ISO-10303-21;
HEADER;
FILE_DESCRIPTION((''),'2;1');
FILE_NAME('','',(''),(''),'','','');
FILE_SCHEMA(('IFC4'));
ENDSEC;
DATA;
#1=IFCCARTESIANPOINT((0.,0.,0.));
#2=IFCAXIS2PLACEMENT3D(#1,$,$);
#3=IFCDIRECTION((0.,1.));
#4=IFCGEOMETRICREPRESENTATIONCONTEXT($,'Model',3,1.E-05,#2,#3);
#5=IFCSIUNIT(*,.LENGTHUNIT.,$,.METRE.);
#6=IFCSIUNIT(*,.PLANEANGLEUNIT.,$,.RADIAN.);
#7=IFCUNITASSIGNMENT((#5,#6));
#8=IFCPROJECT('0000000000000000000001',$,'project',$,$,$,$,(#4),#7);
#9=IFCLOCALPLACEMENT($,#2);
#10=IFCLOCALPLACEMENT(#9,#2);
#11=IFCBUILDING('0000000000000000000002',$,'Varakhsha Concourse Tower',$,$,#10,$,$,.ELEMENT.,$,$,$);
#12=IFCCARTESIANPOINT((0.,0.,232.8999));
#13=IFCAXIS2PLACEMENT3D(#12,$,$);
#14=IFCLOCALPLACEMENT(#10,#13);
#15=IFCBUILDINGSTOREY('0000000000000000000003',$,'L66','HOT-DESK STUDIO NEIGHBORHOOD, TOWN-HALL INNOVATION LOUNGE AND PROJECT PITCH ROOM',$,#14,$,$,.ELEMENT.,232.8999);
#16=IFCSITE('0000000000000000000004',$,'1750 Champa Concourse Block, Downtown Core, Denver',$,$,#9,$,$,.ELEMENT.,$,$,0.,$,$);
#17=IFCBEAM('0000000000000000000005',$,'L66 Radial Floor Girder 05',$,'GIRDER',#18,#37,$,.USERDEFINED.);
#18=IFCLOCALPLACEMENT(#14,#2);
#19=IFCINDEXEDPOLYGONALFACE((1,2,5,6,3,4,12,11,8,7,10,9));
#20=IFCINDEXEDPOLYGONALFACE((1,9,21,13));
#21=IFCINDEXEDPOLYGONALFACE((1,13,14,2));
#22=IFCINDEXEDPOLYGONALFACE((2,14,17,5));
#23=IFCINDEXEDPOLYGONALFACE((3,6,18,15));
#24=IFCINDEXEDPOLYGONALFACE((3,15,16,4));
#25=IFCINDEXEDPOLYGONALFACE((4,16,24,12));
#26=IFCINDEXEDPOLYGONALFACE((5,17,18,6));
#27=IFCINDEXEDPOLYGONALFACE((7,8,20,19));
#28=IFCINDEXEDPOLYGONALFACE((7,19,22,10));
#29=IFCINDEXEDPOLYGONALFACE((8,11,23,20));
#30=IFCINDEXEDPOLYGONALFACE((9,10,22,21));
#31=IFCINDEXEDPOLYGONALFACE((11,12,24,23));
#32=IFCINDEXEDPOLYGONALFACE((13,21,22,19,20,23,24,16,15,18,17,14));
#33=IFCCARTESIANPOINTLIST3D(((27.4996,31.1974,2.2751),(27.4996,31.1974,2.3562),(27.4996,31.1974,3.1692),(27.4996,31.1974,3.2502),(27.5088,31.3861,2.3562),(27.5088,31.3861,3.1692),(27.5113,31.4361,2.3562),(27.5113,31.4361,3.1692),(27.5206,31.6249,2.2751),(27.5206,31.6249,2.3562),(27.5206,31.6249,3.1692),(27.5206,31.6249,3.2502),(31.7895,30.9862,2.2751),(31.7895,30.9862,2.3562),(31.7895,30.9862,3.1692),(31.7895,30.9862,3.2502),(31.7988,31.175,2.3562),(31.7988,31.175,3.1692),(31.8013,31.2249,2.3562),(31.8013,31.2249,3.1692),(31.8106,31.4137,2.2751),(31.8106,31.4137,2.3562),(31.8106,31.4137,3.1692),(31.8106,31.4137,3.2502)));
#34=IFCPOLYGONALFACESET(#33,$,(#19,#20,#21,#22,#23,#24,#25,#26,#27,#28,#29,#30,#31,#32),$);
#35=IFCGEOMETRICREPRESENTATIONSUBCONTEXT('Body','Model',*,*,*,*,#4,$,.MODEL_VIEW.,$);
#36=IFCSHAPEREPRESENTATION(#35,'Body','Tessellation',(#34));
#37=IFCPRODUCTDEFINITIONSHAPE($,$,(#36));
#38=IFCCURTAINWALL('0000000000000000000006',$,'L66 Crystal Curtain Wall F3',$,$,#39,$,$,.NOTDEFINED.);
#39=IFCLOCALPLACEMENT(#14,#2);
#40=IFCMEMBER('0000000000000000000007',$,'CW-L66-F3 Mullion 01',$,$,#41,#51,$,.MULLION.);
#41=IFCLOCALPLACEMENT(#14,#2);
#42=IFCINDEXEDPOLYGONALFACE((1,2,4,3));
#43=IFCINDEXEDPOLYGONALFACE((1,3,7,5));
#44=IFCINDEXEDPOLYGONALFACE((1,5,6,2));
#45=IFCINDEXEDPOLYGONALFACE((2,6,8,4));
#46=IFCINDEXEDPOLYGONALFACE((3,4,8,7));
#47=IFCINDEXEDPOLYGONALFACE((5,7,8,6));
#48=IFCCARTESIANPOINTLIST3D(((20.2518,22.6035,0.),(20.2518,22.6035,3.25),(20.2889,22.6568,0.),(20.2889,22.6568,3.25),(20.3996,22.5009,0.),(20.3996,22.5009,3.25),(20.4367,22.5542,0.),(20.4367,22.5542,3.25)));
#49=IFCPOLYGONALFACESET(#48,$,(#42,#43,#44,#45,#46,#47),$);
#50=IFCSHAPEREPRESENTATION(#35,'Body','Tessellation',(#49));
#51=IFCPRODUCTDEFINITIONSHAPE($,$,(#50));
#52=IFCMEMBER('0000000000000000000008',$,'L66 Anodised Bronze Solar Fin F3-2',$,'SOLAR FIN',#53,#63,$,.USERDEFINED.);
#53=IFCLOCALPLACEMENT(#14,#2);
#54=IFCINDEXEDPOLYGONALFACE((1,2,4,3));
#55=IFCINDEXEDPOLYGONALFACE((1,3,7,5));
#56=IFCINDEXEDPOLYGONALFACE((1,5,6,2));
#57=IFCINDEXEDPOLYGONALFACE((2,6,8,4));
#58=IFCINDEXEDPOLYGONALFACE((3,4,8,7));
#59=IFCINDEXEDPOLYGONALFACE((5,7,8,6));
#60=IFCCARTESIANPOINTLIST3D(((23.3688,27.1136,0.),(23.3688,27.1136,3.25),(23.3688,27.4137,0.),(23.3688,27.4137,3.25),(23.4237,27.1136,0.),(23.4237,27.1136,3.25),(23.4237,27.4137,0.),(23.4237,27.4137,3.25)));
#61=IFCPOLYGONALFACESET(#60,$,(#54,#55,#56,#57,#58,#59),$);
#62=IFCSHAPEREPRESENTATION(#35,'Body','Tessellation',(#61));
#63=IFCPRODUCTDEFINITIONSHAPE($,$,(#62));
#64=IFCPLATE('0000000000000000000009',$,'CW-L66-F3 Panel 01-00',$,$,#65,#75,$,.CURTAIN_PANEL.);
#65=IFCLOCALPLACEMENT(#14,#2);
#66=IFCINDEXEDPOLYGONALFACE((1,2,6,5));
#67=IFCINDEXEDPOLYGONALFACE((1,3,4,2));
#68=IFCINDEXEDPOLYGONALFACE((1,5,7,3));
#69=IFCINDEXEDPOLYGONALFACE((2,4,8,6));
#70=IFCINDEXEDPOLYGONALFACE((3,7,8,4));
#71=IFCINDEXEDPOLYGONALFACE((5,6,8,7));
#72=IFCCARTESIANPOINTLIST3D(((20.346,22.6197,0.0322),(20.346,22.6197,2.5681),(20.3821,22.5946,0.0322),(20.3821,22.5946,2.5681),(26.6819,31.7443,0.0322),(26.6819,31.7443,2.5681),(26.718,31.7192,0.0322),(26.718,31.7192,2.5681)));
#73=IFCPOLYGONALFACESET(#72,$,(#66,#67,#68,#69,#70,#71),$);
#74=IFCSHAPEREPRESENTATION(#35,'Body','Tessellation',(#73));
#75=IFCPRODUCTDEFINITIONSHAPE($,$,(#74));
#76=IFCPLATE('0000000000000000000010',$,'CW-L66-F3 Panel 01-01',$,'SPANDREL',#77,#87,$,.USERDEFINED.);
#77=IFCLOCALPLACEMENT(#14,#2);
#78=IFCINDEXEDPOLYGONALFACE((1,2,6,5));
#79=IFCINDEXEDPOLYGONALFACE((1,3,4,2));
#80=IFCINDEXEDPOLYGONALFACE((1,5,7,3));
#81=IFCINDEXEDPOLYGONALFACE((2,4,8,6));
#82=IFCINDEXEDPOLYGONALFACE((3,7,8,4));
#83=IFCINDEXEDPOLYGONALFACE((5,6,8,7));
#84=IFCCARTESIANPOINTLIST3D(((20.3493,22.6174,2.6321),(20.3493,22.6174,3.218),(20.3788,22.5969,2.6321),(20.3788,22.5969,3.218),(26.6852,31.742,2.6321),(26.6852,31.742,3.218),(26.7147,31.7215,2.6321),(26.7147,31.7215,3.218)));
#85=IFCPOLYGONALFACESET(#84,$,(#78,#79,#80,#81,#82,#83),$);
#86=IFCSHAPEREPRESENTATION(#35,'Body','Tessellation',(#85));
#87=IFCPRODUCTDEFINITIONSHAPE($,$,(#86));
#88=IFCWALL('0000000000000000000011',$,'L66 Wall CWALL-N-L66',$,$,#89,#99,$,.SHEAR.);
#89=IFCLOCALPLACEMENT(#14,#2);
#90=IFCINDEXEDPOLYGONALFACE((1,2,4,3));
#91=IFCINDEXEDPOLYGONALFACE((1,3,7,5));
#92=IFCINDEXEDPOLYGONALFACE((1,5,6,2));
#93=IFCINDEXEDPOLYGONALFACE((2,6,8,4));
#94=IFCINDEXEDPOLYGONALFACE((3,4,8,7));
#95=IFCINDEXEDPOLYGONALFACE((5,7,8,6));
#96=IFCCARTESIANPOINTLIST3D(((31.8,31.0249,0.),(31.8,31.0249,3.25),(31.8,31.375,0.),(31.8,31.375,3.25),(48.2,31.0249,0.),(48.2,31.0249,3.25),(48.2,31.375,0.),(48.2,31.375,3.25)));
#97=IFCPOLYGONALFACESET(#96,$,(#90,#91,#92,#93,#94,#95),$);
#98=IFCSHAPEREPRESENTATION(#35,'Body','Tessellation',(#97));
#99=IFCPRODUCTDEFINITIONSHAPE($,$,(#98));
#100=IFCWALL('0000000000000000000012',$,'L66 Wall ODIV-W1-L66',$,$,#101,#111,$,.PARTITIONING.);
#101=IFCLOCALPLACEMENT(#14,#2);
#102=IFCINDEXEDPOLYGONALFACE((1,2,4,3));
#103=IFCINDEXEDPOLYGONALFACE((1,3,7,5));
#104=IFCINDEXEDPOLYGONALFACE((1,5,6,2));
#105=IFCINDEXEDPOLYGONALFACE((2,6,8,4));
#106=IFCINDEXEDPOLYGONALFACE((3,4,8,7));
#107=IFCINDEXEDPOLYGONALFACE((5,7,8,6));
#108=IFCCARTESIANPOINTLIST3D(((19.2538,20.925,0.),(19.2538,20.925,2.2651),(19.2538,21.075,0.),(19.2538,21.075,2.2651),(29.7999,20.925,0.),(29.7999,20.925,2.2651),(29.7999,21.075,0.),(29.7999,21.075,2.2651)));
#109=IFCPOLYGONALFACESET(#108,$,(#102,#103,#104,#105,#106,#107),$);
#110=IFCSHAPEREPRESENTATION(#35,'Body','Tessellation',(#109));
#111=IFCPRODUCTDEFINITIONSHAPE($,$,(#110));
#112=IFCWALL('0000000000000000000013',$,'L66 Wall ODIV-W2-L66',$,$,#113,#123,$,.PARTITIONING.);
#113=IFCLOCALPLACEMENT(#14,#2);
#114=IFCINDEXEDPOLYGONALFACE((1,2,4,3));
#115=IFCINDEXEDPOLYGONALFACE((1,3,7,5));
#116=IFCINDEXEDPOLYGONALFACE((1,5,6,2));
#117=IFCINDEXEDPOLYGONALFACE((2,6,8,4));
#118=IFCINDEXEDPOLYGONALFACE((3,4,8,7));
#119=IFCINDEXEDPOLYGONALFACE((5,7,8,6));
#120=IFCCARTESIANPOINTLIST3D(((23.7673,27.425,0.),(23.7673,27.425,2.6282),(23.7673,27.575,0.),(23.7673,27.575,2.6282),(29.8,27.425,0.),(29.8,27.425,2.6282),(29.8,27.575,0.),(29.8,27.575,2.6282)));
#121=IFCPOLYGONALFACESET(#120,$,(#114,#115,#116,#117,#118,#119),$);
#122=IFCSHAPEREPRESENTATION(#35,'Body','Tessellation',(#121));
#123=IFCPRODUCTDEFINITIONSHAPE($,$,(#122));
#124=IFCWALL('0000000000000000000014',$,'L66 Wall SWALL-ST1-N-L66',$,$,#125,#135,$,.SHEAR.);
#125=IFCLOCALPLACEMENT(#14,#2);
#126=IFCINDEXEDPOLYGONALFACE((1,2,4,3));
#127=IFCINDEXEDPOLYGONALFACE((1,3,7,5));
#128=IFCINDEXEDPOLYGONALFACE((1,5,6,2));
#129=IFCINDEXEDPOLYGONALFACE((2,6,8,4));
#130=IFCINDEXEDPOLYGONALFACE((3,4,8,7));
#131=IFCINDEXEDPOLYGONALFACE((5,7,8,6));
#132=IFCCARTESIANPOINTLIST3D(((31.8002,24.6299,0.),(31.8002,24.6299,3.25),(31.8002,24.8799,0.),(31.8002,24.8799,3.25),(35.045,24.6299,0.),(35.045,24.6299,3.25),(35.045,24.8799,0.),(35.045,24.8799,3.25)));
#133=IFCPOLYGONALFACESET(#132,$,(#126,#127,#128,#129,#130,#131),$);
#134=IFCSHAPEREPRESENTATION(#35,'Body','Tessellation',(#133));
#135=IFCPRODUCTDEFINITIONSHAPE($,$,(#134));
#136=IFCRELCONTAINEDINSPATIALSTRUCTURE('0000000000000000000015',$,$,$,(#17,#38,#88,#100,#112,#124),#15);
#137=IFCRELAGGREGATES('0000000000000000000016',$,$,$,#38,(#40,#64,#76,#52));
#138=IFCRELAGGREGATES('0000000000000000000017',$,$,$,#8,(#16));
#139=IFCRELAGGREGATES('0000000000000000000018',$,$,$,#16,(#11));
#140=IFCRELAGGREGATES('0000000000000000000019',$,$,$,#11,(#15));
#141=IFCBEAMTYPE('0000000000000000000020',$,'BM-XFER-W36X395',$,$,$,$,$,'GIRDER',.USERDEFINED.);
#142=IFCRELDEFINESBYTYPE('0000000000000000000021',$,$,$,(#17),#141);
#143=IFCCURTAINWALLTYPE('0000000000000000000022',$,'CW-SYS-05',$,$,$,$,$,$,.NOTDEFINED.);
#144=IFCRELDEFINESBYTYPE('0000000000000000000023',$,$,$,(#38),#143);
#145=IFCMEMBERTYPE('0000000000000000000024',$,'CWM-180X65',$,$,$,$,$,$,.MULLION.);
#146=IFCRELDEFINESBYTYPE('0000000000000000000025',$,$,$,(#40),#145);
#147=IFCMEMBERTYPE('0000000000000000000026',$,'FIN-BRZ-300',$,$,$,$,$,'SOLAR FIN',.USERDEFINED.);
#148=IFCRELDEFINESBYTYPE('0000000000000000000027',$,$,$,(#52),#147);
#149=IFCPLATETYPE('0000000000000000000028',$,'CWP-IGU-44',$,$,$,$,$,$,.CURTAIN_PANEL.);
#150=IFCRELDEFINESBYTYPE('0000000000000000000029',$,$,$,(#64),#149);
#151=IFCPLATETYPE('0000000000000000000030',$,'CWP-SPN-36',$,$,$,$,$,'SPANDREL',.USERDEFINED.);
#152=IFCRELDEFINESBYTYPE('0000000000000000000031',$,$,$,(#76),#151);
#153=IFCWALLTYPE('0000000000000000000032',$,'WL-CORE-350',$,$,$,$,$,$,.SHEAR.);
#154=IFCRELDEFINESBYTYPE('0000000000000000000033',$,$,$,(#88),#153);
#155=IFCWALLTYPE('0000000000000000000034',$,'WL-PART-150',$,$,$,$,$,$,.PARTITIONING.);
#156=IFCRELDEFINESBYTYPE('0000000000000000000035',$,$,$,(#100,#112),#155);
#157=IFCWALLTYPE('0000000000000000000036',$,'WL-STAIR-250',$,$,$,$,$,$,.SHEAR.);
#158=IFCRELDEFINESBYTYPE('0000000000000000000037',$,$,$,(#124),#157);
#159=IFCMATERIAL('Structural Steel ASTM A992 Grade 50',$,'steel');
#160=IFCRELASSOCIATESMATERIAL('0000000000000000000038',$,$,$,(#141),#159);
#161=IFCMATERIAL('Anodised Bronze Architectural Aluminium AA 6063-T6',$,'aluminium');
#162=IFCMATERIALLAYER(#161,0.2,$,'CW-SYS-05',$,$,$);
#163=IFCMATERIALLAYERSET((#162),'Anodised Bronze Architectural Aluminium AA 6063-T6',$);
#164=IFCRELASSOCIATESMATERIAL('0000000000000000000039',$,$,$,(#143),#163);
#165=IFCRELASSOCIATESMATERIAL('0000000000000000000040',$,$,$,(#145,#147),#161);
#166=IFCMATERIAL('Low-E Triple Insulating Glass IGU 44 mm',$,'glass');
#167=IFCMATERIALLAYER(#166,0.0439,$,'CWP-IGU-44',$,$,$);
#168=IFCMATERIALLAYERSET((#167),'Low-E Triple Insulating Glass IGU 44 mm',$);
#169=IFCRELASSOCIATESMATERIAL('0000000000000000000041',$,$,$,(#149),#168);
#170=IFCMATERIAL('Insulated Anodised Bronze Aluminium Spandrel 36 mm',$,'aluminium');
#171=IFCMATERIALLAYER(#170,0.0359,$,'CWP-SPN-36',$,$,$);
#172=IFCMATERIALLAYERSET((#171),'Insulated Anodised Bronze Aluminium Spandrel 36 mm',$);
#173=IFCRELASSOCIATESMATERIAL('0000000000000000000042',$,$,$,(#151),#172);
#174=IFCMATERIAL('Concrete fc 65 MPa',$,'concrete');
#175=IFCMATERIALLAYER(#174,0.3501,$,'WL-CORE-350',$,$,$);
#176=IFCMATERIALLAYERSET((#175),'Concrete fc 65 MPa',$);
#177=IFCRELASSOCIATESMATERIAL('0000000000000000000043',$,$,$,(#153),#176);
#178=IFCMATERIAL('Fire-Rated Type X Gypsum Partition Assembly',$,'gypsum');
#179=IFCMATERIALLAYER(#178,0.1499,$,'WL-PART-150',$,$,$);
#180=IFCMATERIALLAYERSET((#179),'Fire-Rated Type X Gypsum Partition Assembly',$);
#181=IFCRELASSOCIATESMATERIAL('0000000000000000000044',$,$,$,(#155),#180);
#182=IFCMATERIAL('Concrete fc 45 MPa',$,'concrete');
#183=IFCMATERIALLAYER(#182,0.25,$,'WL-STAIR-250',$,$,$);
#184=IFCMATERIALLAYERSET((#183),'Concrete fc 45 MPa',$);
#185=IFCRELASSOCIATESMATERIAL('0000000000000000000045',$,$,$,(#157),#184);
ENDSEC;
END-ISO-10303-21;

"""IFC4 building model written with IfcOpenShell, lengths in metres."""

from ifc_helpers import new_model, si_unit, direction, frame, frame_2d, origin, origin_2d, place, context, subcontext, project, spatial, rectangle, i_section, extrude, source, transform, mapped, material, layer, layer_set, material_profile, profile_set, type_object, type_shapes, element, aggregate, save


model = new_model("IFC4")

# Units and contexts
model_context = context("Model", 3, precision=1e-05, world=origin(), true_north=direction((0.0, 1.0)))
body_context = subcontext(model_context, "Body", "Model", "MODEL_VIEW")
ifc_project = project(units=[si_unit("LENGTHUNIT", "METRE"), si_unit("PLANEANGLEUNIT", "RADIAN")], contexts=[model_context])

# Site, building, storey
site_placement = place(None, origin())
site = spatial("IfcSite", under=ifc_project, at=site_placement, Name="1750 Champa Concourse Block, Downtown Core, Denver", CompositionType="ELEMENT", RefElevation=0.0)
building_placement = place(site_placement, origin())
building = spatial("IfcBuilding", under=site, at=building_placement, Name="Varakhsha Concourse Tower", CompositionType="ELEMENT")
storey_placement = place(building_placement, frame((0.0, 0.0, 232.8999)))
storey = spatial("IfcBuildingStorey", under=building, at=storey_placement, Name="L66", Description="HOT-DESK STUDIO NEIGHBORHOOD, TOWN-HALL INNOVATION LOUNGE AND PROJECT PITCH ROOM", CompositionType="ELEMENT", Elevation=232.8999)

# Shared definitions
ifc_material_1 = material(Name="Structural Steel ASTM A992 Grade 50", Category="steel")

# Beam
ifc_material_profile_1 = material_profile(ifc_material_1, i_section(OverallWidth=0.428, OverallDepth=0.9751, WebThickness=0.05, FlangeThickness=0.0811, at=origin_2d()), Name="W36X395")
ifc_profile_set_1 = profile_set([ifc_material_profile_1], Name="Structural Steel ASTM A992 Grade 50")
beam_type_1 = type_object("IfcBeamType", Name="BM-XFER-W36X395", ElementType="GIRDER", PredefinedType="USERDEFINED", material=ifc_profile_set_1)
beam_1_placement = place(storey_placement, frame((31.8, 31.2, 2.7627), z_axis=(-0.998791, 0.049167, 0.0), x_axis=(-0.049167, -0.998791, 0.0)))
element("IfcBeam", 1, at=beam_1_placement, inside=storey, type_object=beam_type_1, Name="L66 Radial Floor Girder 05", ObjectType="GIRDER", PredefinedType="USERDEFINED", context=body_context, shape_type="SweptSolid", body=[
    extrude(i_section(OverallWidth=0.428, OverallDepth=0.9751, WebThickness=0.05, FlangeThickness=0.0811, at=origin_2d()), origin(), (0.0, 0.0, 1.0), 4.2952),
])

# Curtain wall, members, plates
ifc_material_2 = material(Name="Anodised Bronze Architectural Aluminium AA 6063-T6", Category="aluminium")
ifc_layer_1 = layer(ifc_material_2, 0.2, Name="CW-SYS-05")
ifc_layer_set_1 = layer_set([ifc_layer_1], Name="Anodised Bronze Architectural Aluminium AA 6063-T6")
curtain_wall_type = type_object("IfcCurtainWallType", Name="CW-SYS-05", PredefinedType="NOTDEFINED", material=ifc_layer_set_1)
curtain_wall_placement = place(storey_placement, origin())
curtain_wall = element("IfcCurtainWall", 2, at=curtain_wall_placement, inside=storey, type_object=curtain_wall_type, Name="L66 Crystal Curtain Wall F3", PredefinedType="NOTDEFINED")
ifc_material_profile_2 = material_profile(ifc_material_2, rectangle(XDim=0.0649, YDim=0.1799, at=origin_2d()), Name="CWM-180X65")
ifc_profile_set_2 = profile_set([ifc_material_profile_2], Name="Anodised Bronze Architectural Aluminium AA 6063-T6")
member_type_1 = type_object("IfcMemberType", Name="CWM-180X65", PredefinedType="MULLION", material=ifc_profile_set_2)
shared_shape_1 = source(origin(), body_context, "Body", "SweptSolid", [
    extrude(rectangle(XDim=0.0649, YDim=0.1799, at=origin_2d()), origin(), (0.0, 0.0, 1.0), 3.25),
])
type_shapes(member_type_1, [shared_shape_1])
member_1_placement = place(storey_placement, frame((20.3442, 22.5789, 0.0), z_axis=(0.0, 0.0, 1.0), x_axis=(0.570361, 0.821394, 0.0)))
member_1 = element("IfcMember", 3, at=member_1_placement, type_object=member_type_1, Name="CW-L66-F3 Mullion 01", PredefinedType="MULLION", context=body_context, shape_type="MappedRepresentation", body=[
    mapped(shared_shape_1, transform((0.0, 0.0, 0.0), scale=1.0)),
])
ifc_material_profile_3 = material_profile(ifc_material_2, rectangle(XDim=0.0549, YDim=0.3, at=origin_2d()), Name="FIN-BRZ-300")
ifc_profile_set_3 = profile_set([ifc_material_profile_3], Name="Anodised Bronze Architectural Aluminium AA 6063-T6")
member_type_2 = type_object("IfcMemberType", Name="FIN-BRZ-300", ElementType="SOLAR FIN", PredefinedType="USERDEFINED", material=ifc_profile_set_3)
shared_shape_2 = source(origin(), body_context, "Body", "SweptSolid", [
    extrude(rectangle(XDim=0.0549, YDim=0.3, at=origin_2d()), origin(), (0.0, 0.0, 1.0), 3.25),
])
type_shapes(member_type_2, [shared_shape_2])
member_2_placement = place(storey_placement, frame((23.3962, 27.2637, 0.0), z_axis=(0.0, 0.0, 1.0), x_axis=(1.0, 0.0, 0.0)))
member_2 = element("IfcMember", 4, at=member_2_placement, type_object=member_type_2, Name="L66 Anodised Bronze Solar Fin F3-2", ObjectType="SOLAR FIN", PredefinedType="USERDEFINED", context=body_context, shape_type="MappedRepresentation", body=[
    mapped(shared_shape_2, transform((0.0, 0.0, 0.0), scale=1.0)),
])
ifc_material_3 = material(Name="Low-E Triple Insulating Glass IGU 44 mm", Category="glass")
ifc_layer_2 = layer(ifc_material_3, 0.0439, Name="CWP-IGU-44")
ifc_layer_set_2 = layer_set([ifc_layer_2], Name="Low-E Triple Insulating Glass IGU 44 mm")
plate_type_1 = type_object("IfcPlateType", Name="CWP-IGU-44", PredefinedType="CURTAIN_PANEL", material=ifc_layer_set_2)
shared_shape_3 = source(origin(), body_context, "Body", "SweptSolid", [
    extrude(rectangle(XDim=11.1086, YDim=0.0439, at=origin_2d()), origin(), (0.0, 0.0, 1.0), 2.5359),
])
type_shapes(plate_type_1, [shared_shape_3])
plate_1_placement = place(storey_placement, frame((23.532, 27.1694, 0.0322), z_axis=(0.0, 0.0, 1.0), x_axis=(0.570361, 0.821394, 0.0)))
plate_1 = element("IfcPlate", 5, at=plate_1_placement, type_object=plate_type_1, Name="CW-L66-F3 Panel 01-00", PredefinedType="CURTAIN_PANEL", context=body_context, shape_type="MappedRepresentation", body=[
    mapped(shared_shape_3, transform((0.0, 0.0, 0.0), scale=1.0)),
])
ifc_material_4 = material(Name="Insulated Anodised Bronze Aluminium Spandrel 36 mm", Category="aluminium")
ifc_layer_3 = layer(ifc_material_4, 0.0359, Name="CWP-SPN-36")
ifc_layer_set_3 = layer_set([ifc_layer_3], Name="Insulated Anodised Bronze Aluminium Spandrel 36 mm")
plate_type_2 = type_object("IfcPlateType", Name="CWP-SPN-36", ElementType="SPANDREL", PredefinedType="USERDEFINED", material=ifc_layer_set_3)
shared_shape_4 = source(origin(), body_context, "Body", "SweptSolid", [
    extrude(rectangle(XDim=11.1086, YDim=0.0359, at=origin_2d()), origin(), (0.0, 0.0, 1.0), 0.5859),
])
type_shapes(plate_type_2, [shared_shape_4])
plate_2_placement = place(storey_placement, frame((23.532, 27.1694, 2.6321), z_axis=(0.0, 0.0, 1.0), x_axis=(0.570361, 0.821394, 0.0)))
plate_2 = element("IfcPlate", 6, at=plate_2_placement, type_object=plate_type_2, Name="CW-L66-F3 Panel 01-01", ObjectType="SPANDREL", PredefinedType="USERDEFINED", context=body_context, shape_type="MappedRepresentation", body=[
    mapped(shared_shape_4, transform((0.0, 0.0, 0.0), scale=1.0)),
])
aggregate(curtain_wall, [member_1, plate_1, plate_2, member_2])

# Walls
ifc_material_5 = material(Name="Concrete fc 65 MPa", Category="concrete")
ifc_layer_4 = layer(ifc_material_5, 0.3501, Name="WL-CORE-350")
ifc_layer_set_4 = layer_set([ifc_layer_4], Name="Concrete fc 65 MPa")
wall_type_1 = type_object("IfcWallType", Name="WL-CORE-350", PredefinedType="SHEAR", material=ifc_layer_set_4)
wall_1_placement = place(storey_placement, frame((31.8, 31.2, 0.0), z_axis=(0.0, 0.0, 1.0), x_axis=(1.0, 0.0, 0.0)))
element("IfcWall", 7, at=wall_1_placement, inside=storey, type_object=wall_type_1, Name="L66 Wall CWALL-N-L66", PredefinedType="SHEAR", context=body_context, shape_type="SweptSolid", body=[
    extrude(rectangle(XDim=16.3999, YDim=0.3501, at=frame_2d((8.2, 0.0))), origin(), (0.0, 0.0, 1.0), 3.25),
])
ifc_material_6 = material(Name="Fire-Rated Type X Gypsum Partition Assembly", Category="gypsum")
ifc_layer_5 = layer(ifc_material_6, 0.1499, Name="WL-PART-150")
ifc_layer_set_5 = layer_set([ifc_layer_5], Name="Fire-Rated Type X Gypsum Partition Assembly")
wall_type_2 = type_object("IfcWallType", Name="WL-PART-150", PredefinedType="PARTITIONING", material=ifc_layer_set_5)
wall_2_placement = place(storey_placement, frame((19.2539, 21.0, 0.0), z_axis=(0.0, 0.0, 1.0), x_axis=(1.0, 0.0, 0.0)))
element("IfcWall", 8, at=wall_2_placement, inside=storey, type_object=wall_type_2, Name="L66 Wall ODIV-W1-L66", PredefinedType="PARTITIONING", context=body_context, shape_type="SweptSolid", body=[
    extrude(rectangle(XDim=10.5461, YDim=0.1499, at=frame_2d((5.2729, 0.0))), origin(), (0.0, 0.0, 1.0), 2.2651),
])
wall_3_placement = place(storey_placement, frame((23.7673, 27.5, 0.0), z_axis=(0.0, 0.0, 1.0), x_axis=(1.0, 0.0, 0.0)))
element("IfcWall", 9, at=wall_3_placement, inside=storey, type_object=wall_type_2, Name="L66 Wall ODIV-W2-L66", PredefinedType="PARTITIONING", context=body_context, shape_type="SweptSolid", body=[
    extrude(rectangle(XDim=6.0327, YDim=0.1499, at=frame_2d((3.0164, 0.0))), origin(), (0.0, 0.0, 1.0), 2.6282),
])
ifc_material_7 = material(Name="Concrete fc 45 MPa", Category="concrete")
ifc_layer_6 = layer(ifc_material_7, 0.25, Name="WL-STAIR-250")
ifc_layer_set_6 = layer_set([ifc_layer_6], Name="Concrete fc 45 MPa")
wall_type_3 = type_object("IfcWallType", Name="WL-STAIR-250", PredefinedType="SHEAR", material=ifc_layer_set_6)
wall_4_placement = place(storey_placement, frame((31.8, 24.7549, 0.0), z_axis=(0.0, 0.0, 1.0), x_axis=(1.0, 0.0, 0.0)))
element("IfcWall", 10, at=wall_4_placement, inside=storey, type_object=wall_type_3, Name="L66 Wall SWALL-ST1-N-L66", PredefinedType="SHEAR", context=body_context, shape_type="SweptSolid", body=[
    extrude(rectangle(XDim=3.2449, YDim=0.25, at=frame_2d((1.6226, 0.0))), origin(), (0.0, 0.0, 1.0), 3.25),
])

save(model, "model.ifc")
